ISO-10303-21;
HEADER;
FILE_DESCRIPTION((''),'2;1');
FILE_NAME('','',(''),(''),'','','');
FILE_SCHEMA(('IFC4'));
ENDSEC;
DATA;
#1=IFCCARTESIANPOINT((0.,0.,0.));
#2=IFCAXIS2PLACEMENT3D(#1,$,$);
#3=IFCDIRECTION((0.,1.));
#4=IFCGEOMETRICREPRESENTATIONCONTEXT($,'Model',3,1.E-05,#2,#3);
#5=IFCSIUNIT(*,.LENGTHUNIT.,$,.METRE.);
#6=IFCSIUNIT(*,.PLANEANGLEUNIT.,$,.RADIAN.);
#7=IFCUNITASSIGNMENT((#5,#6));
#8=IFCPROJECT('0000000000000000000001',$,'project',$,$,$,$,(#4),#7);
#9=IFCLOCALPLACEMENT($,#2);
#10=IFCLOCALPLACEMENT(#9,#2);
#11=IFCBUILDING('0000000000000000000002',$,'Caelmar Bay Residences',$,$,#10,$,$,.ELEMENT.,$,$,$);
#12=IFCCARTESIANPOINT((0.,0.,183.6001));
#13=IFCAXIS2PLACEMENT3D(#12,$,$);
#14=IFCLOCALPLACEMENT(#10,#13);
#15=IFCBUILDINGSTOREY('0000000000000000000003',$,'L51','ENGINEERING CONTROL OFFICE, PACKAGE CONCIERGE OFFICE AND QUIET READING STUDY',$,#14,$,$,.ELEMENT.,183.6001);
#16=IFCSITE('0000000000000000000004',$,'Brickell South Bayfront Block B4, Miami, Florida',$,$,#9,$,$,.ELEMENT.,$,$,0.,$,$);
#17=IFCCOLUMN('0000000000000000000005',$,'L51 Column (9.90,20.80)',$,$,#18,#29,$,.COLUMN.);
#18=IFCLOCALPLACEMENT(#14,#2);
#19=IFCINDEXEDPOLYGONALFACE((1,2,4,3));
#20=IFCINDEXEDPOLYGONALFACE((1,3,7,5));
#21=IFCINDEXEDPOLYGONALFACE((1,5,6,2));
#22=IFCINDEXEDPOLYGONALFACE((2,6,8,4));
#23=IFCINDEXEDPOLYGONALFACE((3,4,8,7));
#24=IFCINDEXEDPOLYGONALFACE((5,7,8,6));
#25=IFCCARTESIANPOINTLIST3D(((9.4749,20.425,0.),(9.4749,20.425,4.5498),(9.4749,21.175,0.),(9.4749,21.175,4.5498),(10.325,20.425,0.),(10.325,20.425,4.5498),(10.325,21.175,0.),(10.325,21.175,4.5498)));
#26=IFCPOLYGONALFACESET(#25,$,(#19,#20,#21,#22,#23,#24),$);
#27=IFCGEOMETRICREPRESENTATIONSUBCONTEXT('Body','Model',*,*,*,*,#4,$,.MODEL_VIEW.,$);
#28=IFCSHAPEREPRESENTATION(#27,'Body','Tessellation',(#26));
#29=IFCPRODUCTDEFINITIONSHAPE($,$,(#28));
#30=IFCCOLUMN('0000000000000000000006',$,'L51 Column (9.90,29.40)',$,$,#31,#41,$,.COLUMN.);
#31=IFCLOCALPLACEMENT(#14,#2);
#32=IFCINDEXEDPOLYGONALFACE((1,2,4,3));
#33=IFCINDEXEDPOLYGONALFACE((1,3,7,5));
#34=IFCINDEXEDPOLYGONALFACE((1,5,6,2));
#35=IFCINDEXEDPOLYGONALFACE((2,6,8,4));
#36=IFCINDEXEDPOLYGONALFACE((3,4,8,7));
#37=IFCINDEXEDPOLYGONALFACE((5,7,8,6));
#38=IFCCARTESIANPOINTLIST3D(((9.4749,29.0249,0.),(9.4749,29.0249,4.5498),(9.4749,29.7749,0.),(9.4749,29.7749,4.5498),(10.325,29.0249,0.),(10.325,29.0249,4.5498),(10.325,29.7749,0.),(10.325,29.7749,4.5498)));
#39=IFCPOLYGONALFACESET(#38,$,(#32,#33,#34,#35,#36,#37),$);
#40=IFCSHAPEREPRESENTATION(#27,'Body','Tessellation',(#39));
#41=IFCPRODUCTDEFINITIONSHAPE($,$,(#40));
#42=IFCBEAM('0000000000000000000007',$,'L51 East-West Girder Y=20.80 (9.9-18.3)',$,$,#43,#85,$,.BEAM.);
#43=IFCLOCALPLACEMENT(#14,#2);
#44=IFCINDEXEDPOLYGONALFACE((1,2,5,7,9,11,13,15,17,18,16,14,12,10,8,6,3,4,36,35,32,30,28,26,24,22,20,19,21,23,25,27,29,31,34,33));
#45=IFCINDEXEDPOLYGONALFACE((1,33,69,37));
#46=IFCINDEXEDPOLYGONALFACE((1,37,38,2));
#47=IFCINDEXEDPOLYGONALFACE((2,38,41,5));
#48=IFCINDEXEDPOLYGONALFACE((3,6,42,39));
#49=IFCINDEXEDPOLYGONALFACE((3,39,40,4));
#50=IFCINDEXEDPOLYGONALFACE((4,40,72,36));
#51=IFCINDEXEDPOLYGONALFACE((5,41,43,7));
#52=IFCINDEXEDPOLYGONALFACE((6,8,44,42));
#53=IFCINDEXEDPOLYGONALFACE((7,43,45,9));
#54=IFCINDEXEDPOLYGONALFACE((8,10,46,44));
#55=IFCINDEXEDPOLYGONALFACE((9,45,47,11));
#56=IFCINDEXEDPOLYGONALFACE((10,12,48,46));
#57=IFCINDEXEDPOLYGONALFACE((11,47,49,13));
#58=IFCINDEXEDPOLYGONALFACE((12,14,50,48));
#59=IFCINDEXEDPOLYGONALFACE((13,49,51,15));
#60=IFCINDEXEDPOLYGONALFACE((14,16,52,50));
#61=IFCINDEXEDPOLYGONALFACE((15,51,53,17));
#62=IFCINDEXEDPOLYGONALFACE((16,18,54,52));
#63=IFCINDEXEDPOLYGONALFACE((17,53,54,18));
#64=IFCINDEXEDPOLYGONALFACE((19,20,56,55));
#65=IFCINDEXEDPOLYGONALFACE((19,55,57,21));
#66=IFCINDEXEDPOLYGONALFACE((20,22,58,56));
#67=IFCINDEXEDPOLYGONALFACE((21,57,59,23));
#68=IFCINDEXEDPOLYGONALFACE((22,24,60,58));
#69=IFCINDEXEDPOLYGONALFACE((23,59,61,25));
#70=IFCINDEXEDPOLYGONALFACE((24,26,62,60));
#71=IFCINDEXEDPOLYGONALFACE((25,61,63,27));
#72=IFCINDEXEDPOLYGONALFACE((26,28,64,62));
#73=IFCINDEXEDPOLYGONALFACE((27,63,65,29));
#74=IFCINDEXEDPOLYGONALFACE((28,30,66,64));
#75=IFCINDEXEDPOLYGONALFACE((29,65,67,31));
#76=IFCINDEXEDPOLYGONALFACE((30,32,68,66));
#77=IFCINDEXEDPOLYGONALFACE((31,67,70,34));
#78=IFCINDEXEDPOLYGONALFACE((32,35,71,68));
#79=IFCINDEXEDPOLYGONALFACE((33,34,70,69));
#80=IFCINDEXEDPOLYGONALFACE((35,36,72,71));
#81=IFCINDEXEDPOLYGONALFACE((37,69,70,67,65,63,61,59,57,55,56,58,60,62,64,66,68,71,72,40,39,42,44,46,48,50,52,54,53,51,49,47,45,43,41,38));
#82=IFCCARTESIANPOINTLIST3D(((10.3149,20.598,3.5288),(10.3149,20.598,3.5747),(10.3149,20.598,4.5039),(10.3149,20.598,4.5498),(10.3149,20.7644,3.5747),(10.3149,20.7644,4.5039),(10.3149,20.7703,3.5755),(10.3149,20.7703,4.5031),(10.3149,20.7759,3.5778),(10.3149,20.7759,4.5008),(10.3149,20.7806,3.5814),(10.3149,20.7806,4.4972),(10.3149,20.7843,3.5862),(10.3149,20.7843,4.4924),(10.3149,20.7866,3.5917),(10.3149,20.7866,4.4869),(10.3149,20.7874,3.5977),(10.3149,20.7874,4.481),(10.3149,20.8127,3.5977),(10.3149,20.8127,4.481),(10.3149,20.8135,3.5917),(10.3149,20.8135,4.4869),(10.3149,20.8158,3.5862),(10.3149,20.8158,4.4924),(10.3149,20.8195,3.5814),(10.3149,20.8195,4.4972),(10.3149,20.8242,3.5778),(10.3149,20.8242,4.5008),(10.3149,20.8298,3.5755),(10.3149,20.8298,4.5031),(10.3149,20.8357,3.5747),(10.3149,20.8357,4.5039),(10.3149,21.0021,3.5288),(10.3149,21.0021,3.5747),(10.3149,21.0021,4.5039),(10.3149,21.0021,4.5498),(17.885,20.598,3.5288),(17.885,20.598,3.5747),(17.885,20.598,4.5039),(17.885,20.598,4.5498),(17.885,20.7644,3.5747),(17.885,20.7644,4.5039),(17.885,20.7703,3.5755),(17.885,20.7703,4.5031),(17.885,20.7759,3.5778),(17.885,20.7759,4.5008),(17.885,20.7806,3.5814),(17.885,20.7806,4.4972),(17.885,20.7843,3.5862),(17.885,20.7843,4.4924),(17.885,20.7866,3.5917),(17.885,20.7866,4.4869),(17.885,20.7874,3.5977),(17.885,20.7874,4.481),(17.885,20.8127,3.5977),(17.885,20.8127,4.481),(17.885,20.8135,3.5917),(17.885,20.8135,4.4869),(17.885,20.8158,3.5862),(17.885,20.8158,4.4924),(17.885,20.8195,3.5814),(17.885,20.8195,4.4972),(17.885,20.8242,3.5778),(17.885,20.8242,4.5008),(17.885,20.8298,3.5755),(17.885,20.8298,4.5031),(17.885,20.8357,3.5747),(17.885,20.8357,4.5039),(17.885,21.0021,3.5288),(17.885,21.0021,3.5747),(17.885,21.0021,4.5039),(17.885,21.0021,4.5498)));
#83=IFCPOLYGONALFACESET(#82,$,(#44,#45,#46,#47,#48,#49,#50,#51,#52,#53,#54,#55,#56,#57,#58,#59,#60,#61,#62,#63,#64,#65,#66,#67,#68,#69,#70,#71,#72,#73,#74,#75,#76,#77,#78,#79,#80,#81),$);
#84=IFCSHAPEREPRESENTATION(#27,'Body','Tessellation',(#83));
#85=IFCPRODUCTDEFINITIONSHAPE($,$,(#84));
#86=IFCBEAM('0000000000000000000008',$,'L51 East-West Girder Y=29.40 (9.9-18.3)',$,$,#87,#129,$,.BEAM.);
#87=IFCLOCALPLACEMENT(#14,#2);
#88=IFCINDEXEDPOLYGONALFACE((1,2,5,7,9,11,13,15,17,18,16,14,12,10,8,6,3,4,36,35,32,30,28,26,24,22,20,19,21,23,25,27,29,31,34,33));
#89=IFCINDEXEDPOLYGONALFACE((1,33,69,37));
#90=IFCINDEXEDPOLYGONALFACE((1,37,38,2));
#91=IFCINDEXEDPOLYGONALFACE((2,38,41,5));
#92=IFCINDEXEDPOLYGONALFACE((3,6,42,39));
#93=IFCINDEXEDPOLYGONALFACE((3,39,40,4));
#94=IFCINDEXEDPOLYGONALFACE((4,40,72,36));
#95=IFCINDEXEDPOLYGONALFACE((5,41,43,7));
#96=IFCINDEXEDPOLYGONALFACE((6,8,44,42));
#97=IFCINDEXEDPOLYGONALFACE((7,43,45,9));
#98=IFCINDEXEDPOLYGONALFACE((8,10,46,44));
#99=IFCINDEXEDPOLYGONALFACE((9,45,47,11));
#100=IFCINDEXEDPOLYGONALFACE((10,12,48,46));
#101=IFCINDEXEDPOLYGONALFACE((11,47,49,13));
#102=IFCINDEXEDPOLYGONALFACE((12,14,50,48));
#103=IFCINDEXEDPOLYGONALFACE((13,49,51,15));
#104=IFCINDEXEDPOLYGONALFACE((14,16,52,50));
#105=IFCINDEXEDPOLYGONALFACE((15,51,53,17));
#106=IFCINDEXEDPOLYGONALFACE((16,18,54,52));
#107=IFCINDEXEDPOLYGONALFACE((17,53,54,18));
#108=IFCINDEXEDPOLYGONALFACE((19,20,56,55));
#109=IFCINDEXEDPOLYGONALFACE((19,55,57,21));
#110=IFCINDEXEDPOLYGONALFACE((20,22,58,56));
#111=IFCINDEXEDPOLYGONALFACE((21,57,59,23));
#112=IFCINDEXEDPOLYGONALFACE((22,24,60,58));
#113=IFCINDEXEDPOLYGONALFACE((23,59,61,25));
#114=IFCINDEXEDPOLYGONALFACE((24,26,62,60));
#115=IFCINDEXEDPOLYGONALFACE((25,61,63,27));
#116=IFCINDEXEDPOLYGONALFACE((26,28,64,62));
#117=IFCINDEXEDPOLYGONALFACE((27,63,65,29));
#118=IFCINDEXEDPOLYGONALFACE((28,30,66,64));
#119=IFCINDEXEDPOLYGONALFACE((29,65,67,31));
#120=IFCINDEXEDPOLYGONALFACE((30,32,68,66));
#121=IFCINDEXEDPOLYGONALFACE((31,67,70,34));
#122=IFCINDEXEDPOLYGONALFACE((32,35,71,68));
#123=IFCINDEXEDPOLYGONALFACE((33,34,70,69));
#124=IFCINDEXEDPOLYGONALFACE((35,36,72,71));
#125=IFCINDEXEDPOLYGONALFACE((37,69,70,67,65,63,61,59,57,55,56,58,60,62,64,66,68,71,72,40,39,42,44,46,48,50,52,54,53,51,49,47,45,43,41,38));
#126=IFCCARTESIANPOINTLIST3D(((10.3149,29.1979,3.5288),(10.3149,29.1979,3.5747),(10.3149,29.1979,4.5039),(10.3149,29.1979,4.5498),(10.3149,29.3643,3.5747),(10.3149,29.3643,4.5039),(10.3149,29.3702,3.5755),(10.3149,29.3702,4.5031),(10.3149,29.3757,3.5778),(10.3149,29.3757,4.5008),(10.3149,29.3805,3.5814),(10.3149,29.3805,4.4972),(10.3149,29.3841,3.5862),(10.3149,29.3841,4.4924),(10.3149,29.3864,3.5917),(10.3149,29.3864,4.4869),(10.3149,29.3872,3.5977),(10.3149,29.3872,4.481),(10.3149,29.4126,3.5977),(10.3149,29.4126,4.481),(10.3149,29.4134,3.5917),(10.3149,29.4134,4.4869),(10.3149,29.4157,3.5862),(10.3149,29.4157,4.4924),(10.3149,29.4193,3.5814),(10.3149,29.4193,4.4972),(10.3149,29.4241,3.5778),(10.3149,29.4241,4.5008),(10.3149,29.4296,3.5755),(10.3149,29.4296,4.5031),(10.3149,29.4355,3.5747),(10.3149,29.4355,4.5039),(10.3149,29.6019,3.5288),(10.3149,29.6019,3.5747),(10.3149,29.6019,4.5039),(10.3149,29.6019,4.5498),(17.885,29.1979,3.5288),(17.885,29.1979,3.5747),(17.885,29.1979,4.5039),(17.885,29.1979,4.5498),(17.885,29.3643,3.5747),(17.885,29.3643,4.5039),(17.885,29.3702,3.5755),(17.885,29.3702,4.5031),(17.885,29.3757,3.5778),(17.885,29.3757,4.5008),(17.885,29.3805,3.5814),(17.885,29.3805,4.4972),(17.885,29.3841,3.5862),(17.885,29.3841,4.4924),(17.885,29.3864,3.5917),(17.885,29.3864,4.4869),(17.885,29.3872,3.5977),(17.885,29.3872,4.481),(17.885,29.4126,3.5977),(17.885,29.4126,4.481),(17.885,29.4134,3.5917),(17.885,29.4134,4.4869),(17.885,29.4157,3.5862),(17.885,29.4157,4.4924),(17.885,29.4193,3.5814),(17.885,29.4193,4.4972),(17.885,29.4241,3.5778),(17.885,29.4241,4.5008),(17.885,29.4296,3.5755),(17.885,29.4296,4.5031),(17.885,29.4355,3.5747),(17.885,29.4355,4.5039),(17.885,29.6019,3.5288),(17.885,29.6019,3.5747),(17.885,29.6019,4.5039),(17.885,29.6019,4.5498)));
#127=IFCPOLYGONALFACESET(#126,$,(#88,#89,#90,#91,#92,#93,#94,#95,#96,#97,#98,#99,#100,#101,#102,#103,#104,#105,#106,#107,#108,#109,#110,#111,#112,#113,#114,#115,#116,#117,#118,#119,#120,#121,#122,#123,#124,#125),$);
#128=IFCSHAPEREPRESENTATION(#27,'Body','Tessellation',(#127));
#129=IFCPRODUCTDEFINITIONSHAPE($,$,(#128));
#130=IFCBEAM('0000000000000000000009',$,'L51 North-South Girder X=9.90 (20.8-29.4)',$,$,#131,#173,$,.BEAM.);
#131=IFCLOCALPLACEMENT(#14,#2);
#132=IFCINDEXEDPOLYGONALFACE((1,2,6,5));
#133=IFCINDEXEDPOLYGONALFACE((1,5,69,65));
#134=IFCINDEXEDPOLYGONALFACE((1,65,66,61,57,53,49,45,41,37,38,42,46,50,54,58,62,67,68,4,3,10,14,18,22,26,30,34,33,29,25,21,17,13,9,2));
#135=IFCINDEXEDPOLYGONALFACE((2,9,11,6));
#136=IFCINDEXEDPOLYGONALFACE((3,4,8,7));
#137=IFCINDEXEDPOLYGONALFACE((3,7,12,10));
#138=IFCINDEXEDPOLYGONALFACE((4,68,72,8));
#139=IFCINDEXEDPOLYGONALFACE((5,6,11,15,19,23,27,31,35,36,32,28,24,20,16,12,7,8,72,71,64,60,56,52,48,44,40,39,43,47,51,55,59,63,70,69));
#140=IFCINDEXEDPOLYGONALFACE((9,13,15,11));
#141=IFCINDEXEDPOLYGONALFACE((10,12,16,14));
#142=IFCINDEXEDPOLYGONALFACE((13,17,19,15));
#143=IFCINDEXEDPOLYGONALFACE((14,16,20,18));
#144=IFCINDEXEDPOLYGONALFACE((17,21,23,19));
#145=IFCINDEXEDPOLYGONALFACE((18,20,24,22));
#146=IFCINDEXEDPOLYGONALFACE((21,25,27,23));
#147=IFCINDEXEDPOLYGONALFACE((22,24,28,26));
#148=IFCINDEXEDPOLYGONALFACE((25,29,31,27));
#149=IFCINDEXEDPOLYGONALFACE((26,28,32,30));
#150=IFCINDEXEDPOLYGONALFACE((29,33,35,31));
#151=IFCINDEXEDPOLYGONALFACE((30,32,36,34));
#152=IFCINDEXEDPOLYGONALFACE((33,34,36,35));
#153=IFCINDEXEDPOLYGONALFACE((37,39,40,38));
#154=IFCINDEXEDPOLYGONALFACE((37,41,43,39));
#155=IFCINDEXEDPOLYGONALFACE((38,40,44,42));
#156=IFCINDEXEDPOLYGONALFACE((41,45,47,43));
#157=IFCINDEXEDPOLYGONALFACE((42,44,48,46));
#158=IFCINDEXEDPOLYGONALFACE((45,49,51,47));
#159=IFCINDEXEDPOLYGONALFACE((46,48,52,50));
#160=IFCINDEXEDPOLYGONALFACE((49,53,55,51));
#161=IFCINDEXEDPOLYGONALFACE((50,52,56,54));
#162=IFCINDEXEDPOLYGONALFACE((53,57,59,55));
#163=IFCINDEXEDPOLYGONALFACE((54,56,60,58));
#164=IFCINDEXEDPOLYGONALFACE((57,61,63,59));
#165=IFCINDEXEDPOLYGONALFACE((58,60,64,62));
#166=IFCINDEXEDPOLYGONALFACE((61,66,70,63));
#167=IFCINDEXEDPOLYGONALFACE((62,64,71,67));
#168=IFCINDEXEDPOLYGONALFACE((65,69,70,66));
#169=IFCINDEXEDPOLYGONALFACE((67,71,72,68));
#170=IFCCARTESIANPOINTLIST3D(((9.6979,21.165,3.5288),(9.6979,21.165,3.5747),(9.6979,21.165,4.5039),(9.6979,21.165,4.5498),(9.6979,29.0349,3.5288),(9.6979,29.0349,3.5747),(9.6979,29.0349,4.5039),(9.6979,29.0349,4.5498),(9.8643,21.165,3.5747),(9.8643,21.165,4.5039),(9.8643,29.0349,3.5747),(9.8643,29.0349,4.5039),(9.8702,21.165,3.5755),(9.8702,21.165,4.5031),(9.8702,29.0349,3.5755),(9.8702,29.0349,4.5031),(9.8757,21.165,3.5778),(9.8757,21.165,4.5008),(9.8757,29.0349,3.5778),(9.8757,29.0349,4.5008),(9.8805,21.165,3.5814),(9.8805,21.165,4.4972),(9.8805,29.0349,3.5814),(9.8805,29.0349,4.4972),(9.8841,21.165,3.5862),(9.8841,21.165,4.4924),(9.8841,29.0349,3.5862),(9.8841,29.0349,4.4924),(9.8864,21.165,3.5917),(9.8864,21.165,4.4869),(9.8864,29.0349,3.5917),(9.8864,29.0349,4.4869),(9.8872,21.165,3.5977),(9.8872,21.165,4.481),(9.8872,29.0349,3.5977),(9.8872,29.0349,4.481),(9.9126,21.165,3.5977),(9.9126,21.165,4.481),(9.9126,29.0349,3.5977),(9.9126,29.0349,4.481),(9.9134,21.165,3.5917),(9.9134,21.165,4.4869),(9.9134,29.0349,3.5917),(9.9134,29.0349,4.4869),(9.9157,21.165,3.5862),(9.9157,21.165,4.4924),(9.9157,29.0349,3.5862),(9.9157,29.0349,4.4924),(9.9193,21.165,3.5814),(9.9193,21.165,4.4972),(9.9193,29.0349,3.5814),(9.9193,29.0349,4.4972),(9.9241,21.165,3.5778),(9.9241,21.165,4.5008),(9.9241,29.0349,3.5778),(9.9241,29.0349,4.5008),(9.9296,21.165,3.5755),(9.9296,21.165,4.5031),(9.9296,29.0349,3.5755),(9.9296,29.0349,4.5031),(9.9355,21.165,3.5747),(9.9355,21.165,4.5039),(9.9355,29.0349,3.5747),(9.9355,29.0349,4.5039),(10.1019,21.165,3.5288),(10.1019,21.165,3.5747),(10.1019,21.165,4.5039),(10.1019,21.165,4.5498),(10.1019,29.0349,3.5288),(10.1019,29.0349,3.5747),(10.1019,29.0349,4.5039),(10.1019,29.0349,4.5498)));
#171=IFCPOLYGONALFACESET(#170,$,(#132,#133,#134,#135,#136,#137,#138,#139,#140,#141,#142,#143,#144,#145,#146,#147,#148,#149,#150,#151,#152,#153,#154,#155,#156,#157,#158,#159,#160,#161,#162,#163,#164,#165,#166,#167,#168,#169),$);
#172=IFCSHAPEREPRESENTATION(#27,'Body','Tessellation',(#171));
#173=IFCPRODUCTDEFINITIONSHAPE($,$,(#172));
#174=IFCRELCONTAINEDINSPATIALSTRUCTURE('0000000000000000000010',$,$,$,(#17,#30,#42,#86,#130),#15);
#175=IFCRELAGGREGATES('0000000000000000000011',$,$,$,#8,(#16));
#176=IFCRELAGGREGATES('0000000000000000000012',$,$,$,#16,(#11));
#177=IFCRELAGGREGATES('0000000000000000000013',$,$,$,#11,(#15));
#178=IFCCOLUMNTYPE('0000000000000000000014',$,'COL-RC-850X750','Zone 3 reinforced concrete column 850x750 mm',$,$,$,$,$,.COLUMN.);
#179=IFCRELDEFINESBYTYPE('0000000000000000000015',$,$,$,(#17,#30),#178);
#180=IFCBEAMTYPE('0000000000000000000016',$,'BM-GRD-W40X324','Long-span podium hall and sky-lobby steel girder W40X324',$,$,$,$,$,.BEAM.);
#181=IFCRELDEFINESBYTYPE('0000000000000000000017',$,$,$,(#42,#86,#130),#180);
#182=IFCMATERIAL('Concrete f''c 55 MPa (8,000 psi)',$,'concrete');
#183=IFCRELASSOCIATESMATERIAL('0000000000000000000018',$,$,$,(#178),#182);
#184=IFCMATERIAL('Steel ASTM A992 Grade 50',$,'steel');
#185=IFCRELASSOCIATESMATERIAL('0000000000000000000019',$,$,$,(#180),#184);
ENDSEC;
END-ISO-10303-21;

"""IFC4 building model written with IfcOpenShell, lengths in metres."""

from ifc_helpers import new_model, si_unit, direction, frame, origin, origin_2d, place, context, subcontext, project, spatial, rectangle, i_section, extrude, material, material_profile, profile_set, type_object, element, save


model = new_model("IFC4")

# Units and contexts
model_context = context("Model", 3, precision=1e-05, world=origin(), true_north=direction((0.0, 1.0)))
body_context = subcontext(model_context, "Body", "Model", "MODEL_VIEW")
ifc_project = project(units=[si_unit("LENGTHUNIT", "METRE"), si_unit("PLANEANGLEUNIT", "RADIAN")], contexts=[model_context])

# Site, building, storey
site_placement = place(None, origin())
site = spatial("IfcSite", under=ifc_project, at=site_placement, Name="Brickell South Bayfront Block B4, Miami, Florida", CompositionType="ELEMENT", RefElevation=0.0)
building_placement = place(site_placement, origin())
building = spatial("IfcBuilding", under=site, at=building_placement, Name="Caelmar Bay Residences", CompositionType="ELEMENT")
storey_placement = place(building_placement, frame((0.0, 0.0, 183.6001)))
storey = spatial("IfcBuildingStorey", under=building, at=storey_placement, Name="L51", Description="ENGINEERING CONTROL OFFICE, PACKAGE CONCIERGE OFFICE AND QUIET READING STUDY", CompositionType="ELEMENT", Elevation=183.6001)

# Columns
ifc_material_1 = material(Name="Concrete f'c 55 MPa (8,000 psi)", Category="concrete")
ifc_material_profile_1 = material_profile(ifc_material_1, rectangle(XDim=0.8501, YDim=0.75, at=origin_2d()), Name="RC-COL-850X750")
ifc_profile_set_1 = profile_set([ifc_material_profile_1], Name="Concrete f'c 55 MPa (8,000 psi)")
column_type = type_object("IfcColumnType", Name="COL-RC-850X750", Description="Zone 3 reinforced concrete column 850x750 mm", PredefinedType="COLUMN", material=ifc_profile_set_1)
for number, where, z_axis, x_axis, name in (
    (1, (9.8999, 20.8, 0.0), (0.0, 0.0, 1.0), (1.0, 0.0, 0.0), "L51 Column (9.90,20.80)"),
    (2, (9.8999, 29.3999, 0.0), (0.0, 0.0, 1.0), (1.0, 0.0, 0.0), "L51 Column (9.90,29.40)"),
):
    element("IfcColumn", number, at=place(storey_placement, frame(where, z_axis=z_axis, x_axis=x_axis)), inside=storey, type_object=column_type, Name=name, PredefinedType="COLUMN", context=body_context, shape_type="SweptSolid", body=[
        extrude(rectangle(XDim=0.8501, YDim=0.75, at=origin_2d()), origin(), (0.0, 0.0, 1.0), 4.5498),
    ])

# Beams
ifc_material_2 = material(Name="Steel ASTM A992 Grade 50", Category="steel")
ifc_material_profile_2 = material_profile(ifc_material_2, i_section(OverallWidth=0.4041, OverallDepth=1.021, WebThickness=0.0254, FlangeThickness=0.0459, FilletRadius=0.0229, at=origin_2d()), Name="W40X324")
ifc_profile_set_2 = profile_set([ifc_material_profile_2], Name="Steel ASTM A992 Grade 50")
beam_type_1 = type_object("IfcBeamType", Name="BM-GRD-W40X324", Description="Long-span podium hall and sky-lobby steel girder W40X324", PredefinedType="BEAM", material=ifc_profile_set_2)
for number, where, z_axis, x_axis, name in (
    (3, (10.3149, 20.8, 4.0393), (1.0, 0.0, 0.0), (0.0, 1.0, 0.0), "L51 East-West Girder Y=20.80 (9.9-18.3)"),
    (4, (10.3149, 29.3999, 4.0393), (1.0, 0.0, 0.0), (0.0, 1.0, 0.0), "L51 East-West Girder Y=29.40 (9.9-18.3)"),
):
    element("IfcBeam", number, at=place(storey_placement, frame(where, z_axis=z_axis, x_axis=x_axis)), inside=storey, type_object=beam_type_1, Name=name, PredefinedType="BEAM", context=body_context, shape_type="SweptSolid", body=[
        extrude(i_section(OverallWidth=0.4041, OverallDepth=1.021, WebThickness=0.0254, FlangeThickness=0.0459, FilletRadius=0.0229, at=origin_2d()), origin(), (0.0, 0.0, 1.0), 7.5701),
    ])
beam_1_placement = place(storey_placement, frame((9.8999, 21.165, 4.0393), z_axis=(0.0, 1.0, 0.0), x_axis=(-1.0, 0.0, 0.0)))
element("IfcBeam", 5, at=beam_1_placement, inside=storey, type_object=beam_type_1, Name="L51 North-South Girder X=9.90 (20.8-29.4)", PredefinedType="BEAM", context=body_context, shape_type="SweptSolid", body=[
    extrude(i_section(OverallWidth=0.4041, OverallDepth=1.021, WebThickness=0.0254, FlangeThickness=0.0459, FilletRadius=0.0229, at=origin_2d()), origin(), (0.0, 0.0, 1.0), 7.8699),
])

save(model, "model.ifc")
